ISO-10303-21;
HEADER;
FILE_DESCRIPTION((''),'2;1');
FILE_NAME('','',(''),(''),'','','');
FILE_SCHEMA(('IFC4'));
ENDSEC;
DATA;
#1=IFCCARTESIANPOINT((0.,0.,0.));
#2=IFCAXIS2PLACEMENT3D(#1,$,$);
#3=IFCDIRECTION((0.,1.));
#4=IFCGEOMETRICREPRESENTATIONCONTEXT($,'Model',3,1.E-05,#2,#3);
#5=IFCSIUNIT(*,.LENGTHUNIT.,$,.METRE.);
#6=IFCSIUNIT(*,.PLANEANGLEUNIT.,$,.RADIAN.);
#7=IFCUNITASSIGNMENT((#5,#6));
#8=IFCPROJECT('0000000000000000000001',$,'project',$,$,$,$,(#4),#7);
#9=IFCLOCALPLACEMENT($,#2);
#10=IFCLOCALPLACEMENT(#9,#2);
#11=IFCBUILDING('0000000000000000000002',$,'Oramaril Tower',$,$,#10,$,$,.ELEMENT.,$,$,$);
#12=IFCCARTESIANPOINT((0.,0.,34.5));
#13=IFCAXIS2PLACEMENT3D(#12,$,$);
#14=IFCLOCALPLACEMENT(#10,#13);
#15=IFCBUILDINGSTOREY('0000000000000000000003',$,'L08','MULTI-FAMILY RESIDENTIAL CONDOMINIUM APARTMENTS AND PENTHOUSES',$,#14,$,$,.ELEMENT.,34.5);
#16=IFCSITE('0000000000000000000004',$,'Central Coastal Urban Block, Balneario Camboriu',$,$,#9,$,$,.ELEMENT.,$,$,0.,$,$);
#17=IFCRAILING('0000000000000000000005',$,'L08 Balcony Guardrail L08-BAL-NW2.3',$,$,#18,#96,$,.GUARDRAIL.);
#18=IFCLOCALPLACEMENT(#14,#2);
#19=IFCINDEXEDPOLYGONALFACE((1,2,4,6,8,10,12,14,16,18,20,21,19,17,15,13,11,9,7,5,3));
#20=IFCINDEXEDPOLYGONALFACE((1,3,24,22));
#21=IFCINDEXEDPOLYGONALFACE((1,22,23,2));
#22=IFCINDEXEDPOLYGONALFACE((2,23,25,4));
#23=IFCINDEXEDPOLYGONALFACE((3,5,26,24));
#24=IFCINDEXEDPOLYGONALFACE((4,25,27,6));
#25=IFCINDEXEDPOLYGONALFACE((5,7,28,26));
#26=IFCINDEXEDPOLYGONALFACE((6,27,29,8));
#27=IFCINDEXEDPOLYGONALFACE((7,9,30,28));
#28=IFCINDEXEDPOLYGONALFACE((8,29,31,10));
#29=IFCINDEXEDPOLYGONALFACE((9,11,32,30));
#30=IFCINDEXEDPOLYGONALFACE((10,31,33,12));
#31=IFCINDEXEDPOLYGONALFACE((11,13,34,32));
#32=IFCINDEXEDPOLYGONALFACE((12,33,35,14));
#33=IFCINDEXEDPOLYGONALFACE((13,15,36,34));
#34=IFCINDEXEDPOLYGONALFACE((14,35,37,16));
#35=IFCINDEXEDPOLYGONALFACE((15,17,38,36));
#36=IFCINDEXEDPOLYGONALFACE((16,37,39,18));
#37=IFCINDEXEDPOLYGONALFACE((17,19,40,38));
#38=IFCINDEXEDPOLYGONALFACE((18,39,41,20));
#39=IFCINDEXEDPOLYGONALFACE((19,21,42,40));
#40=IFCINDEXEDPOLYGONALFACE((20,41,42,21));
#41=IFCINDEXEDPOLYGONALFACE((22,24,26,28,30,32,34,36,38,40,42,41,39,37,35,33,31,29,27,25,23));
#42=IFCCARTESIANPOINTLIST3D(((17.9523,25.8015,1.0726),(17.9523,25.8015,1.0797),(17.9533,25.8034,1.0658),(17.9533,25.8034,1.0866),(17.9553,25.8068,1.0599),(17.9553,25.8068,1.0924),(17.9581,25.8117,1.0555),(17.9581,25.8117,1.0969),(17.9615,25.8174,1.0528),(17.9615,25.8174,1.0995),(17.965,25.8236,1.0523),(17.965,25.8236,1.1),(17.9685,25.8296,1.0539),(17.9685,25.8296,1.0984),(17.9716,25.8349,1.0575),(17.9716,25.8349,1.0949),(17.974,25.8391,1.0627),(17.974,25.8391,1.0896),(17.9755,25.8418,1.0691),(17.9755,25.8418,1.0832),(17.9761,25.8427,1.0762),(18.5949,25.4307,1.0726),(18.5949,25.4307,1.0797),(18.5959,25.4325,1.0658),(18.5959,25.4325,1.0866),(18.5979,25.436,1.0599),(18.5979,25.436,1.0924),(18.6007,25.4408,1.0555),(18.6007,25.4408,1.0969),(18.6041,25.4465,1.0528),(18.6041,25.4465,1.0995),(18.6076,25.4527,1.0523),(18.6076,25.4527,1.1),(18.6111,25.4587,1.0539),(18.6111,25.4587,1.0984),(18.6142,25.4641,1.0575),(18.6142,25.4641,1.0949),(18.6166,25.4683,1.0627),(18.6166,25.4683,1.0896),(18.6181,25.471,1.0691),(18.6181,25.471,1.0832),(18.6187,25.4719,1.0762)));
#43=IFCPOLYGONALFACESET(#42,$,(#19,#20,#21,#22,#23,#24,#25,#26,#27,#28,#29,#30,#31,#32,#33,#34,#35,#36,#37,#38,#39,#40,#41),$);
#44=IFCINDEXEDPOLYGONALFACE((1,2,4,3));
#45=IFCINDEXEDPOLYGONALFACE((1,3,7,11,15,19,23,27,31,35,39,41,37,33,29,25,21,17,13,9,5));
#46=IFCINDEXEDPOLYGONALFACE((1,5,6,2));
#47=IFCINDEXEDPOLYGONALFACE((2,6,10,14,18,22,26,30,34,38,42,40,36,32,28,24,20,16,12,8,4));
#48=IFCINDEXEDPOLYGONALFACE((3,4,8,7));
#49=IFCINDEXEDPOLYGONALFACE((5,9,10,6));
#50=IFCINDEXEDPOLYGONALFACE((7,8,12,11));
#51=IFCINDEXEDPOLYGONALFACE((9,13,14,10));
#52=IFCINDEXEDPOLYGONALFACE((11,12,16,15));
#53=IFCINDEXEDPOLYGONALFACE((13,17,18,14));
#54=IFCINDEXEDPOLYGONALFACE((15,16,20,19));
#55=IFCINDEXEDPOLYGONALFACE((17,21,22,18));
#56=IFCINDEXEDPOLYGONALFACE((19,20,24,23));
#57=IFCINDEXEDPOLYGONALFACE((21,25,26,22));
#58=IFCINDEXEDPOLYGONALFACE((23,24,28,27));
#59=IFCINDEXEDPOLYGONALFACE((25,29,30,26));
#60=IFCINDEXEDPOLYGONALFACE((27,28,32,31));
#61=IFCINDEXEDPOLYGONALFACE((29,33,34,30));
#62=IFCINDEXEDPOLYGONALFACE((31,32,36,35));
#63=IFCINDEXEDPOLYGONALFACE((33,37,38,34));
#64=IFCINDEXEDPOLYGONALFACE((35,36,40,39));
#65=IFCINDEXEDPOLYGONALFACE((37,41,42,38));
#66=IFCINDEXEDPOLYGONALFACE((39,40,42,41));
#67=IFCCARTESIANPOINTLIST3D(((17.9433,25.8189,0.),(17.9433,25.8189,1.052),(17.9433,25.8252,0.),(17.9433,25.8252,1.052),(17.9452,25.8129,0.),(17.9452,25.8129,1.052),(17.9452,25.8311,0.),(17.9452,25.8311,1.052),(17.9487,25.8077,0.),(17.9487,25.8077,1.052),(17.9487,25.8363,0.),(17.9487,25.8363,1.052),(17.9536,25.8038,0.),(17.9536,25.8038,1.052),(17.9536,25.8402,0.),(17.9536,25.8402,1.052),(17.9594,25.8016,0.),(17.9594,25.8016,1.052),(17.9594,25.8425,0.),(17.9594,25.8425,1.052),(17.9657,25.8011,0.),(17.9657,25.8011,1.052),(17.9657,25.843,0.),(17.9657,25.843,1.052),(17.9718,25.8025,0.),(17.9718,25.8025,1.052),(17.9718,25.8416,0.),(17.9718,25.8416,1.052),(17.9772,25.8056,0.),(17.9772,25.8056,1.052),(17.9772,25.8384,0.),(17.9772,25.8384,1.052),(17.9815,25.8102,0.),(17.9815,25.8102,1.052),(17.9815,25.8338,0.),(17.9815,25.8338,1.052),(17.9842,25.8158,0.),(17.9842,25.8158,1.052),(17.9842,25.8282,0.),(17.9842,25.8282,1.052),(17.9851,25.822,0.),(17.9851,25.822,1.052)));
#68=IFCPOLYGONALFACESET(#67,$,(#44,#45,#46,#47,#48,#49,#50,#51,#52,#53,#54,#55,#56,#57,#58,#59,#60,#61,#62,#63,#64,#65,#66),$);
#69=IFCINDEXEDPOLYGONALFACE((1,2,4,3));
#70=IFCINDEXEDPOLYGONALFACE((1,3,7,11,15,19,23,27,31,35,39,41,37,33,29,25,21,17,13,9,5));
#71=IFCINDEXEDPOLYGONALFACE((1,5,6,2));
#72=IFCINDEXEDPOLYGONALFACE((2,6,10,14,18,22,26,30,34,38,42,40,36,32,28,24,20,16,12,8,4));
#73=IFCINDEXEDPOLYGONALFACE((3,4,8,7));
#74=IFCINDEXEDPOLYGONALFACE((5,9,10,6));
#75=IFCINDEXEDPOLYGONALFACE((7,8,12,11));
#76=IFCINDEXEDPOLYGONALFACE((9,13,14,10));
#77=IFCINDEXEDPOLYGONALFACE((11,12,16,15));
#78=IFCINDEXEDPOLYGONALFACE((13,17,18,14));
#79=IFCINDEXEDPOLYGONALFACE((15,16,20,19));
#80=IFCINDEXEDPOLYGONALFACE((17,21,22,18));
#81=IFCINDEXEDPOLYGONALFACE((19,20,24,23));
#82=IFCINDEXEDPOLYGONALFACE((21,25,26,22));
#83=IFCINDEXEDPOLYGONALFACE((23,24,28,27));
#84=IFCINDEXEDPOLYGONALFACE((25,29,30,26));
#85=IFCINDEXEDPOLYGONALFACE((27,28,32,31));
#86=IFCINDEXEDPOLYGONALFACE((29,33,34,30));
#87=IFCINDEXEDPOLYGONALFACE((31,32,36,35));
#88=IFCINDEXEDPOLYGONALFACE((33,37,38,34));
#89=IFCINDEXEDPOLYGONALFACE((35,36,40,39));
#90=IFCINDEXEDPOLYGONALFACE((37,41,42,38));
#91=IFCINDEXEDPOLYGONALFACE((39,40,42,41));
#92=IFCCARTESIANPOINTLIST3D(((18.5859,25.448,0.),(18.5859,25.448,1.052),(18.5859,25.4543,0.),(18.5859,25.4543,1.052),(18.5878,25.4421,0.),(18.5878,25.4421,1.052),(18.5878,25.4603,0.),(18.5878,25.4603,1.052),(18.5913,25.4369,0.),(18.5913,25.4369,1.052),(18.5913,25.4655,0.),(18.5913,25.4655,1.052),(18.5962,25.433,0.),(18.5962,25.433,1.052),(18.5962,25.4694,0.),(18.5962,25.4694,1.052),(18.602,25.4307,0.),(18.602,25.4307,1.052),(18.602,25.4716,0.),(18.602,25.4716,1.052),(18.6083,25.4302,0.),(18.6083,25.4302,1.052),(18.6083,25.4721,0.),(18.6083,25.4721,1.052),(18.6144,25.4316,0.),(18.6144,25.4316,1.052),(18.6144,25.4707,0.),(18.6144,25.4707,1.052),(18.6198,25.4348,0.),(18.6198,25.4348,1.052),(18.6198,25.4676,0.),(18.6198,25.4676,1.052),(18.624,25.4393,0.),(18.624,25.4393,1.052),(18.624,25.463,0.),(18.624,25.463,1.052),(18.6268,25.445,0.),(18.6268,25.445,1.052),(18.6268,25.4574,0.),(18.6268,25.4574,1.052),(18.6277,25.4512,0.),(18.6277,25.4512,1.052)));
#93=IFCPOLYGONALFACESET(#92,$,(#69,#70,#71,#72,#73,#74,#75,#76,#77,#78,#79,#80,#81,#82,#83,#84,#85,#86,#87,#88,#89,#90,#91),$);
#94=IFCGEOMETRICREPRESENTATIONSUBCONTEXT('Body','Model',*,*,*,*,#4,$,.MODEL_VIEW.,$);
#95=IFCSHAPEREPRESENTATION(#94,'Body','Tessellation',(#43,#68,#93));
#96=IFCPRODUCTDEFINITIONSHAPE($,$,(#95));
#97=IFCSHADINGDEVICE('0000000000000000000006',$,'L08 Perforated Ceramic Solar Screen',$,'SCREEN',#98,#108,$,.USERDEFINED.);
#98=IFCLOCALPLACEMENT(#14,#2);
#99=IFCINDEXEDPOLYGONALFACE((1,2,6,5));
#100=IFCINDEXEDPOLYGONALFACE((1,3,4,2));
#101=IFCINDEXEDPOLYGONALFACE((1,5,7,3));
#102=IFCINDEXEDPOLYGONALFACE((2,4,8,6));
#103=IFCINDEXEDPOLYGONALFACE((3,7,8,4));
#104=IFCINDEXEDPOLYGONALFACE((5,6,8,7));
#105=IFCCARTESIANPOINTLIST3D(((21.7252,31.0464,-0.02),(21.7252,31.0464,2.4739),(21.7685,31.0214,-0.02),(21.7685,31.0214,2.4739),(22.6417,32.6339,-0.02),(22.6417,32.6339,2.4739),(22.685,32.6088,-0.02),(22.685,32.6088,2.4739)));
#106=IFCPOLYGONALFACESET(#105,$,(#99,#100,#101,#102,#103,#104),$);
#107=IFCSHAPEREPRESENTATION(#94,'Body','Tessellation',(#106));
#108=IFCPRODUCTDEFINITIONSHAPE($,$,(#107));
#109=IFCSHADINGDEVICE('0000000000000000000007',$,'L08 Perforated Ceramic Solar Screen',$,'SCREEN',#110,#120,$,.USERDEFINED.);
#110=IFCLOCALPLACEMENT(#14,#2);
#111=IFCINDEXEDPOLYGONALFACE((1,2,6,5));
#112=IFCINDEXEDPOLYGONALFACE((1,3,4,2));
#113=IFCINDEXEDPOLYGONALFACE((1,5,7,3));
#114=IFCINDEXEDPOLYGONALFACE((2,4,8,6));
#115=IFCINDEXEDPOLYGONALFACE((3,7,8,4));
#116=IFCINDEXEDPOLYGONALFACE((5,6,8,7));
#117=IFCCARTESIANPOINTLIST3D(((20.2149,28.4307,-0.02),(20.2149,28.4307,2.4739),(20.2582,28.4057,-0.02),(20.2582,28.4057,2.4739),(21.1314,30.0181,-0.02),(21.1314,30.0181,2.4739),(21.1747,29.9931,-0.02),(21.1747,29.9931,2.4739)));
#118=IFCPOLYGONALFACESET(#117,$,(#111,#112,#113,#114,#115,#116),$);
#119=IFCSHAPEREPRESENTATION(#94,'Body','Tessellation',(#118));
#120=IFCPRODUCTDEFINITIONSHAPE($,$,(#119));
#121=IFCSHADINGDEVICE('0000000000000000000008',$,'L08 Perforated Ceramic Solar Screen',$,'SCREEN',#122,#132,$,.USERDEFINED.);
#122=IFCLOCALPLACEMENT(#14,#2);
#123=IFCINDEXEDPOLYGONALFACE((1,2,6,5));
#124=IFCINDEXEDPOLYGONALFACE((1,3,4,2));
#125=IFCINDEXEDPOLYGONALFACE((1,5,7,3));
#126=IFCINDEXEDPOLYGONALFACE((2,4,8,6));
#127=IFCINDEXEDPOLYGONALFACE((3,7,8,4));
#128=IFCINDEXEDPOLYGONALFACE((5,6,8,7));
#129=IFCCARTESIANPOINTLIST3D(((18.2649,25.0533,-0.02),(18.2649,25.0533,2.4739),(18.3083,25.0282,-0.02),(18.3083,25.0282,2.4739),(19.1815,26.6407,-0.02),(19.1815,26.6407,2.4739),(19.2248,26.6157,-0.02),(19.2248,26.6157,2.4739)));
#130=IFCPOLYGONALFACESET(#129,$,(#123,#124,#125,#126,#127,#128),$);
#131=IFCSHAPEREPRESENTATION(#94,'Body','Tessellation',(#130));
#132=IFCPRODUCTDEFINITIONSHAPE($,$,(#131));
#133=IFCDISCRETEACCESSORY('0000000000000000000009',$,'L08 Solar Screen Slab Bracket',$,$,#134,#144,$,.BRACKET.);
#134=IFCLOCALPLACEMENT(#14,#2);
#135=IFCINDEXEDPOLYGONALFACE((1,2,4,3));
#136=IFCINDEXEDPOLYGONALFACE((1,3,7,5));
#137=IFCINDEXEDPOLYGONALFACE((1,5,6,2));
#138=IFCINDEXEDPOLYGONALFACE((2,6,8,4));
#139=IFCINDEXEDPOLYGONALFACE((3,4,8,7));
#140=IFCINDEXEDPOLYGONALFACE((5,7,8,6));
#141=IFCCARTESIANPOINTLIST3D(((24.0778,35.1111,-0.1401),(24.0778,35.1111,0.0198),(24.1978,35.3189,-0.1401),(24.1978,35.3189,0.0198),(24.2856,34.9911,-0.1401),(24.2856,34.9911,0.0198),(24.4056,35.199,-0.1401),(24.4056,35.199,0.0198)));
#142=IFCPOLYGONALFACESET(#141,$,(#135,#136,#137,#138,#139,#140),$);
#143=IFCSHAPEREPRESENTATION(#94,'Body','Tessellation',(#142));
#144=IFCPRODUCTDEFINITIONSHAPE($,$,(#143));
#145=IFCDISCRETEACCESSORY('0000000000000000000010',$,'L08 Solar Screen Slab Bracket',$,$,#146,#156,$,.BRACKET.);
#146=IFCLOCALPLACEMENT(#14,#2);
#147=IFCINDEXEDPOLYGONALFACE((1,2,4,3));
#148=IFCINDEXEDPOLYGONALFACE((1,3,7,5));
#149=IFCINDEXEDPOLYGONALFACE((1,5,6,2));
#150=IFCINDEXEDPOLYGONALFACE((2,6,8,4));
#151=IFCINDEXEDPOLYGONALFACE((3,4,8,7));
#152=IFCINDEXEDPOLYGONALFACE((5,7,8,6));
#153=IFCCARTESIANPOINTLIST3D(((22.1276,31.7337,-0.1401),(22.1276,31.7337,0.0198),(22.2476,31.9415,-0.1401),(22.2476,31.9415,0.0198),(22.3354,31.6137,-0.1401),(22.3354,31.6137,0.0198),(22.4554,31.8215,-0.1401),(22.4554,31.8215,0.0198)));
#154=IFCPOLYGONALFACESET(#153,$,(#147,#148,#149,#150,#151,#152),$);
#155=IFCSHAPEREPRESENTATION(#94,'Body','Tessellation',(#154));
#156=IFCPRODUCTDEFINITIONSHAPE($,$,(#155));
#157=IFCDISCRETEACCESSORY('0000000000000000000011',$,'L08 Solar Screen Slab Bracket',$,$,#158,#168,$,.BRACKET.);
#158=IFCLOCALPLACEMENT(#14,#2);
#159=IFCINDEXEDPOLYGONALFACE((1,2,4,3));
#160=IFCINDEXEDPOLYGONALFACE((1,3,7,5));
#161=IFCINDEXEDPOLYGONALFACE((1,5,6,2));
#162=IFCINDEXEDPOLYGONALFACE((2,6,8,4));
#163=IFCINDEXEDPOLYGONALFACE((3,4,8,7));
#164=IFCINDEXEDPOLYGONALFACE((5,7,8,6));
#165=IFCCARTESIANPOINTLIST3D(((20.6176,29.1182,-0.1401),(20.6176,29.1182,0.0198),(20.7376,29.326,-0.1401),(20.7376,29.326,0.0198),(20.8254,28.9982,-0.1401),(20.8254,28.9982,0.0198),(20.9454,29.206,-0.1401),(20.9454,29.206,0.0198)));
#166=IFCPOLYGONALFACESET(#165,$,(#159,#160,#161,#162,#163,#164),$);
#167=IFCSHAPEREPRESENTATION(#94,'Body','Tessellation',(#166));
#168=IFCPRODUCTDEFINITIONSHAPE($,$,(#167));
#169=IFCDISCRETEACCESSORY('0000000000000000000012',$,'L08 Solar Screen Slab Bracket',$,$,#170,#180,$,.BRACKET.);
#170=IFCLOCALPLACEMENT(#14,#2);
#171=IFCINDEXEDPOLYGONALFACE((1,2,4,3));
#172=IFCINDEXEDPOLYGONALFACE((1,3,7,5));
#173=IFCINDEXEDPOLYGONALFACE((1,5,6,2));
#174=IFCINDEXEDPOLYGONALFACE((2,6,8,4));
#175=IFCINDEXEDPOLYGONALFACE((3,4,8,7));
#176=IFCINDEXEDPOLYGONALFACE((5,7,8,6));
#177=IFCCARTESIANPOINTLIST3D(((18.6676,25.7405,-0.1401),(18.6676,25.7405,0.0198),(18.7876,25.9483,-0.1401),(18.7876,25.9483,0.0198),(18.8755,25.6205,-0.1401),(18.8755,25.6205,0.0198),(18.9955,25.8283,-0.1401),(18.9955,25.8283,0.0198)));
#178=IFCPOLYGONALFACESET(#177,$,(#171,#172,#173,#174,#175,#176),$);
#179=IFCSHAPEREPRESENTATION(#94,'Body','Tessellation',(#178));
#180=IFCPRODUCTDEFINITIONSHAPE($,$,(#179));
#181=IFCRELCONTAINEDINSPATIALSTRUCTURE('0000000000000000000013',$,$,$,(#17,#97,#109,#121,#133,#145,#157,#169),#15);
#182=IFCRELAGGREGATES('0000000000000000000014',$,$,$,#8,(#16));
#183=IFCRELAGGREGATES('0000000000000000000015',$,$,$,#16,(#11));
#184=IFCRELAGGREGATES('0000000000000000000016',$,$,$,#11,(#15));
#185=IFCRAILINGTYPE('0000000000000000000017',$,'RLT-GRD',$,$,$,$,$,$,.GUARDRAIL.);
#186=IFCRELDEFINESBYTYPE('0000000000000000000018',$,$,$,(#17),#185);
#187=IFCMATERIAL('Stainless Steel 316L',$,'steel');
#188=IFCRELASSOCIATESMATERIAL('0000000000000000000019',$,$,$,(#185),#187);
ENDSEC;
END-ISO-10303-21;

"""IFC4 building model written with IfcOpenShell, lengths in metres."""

from ifc_helpers import new_model, si_unit, direction, frame, origin, origin_2d, place, context, subcontext, project, spatial, rectangle, circle, extrude, material, type_object, element, save


model = new_model("IFC4")

# Units and contexts
model_context = context("Model", 3, precision=1e-05, world=origin(), true_north=direction((0.0, 1.0)))
body_context = subcontext(model_context, "Body", "Model", "MODEL_VIEW")
ifc_project = project(units=[si_unit("LENGTHUNIT", "METRE"), si_unit("PLANEANGLEUNIT", "RADIAN")], contexts=[model_context])

# Site, building, storey
site_placement = place(None, origin())
site = spatial("IfcSite", under=ifc_project, at=site_placement, Name="Central Coastal Urban Block, Balneario Camboriu", CompositionType="ELEMENT", RefElevation=0.0)
building_placement = place(site_placement, origin())
building = spatial("IfcBuilding", under=site, at=building_placement, Name="Oramaril Tower", CompositionType="ELEMENT")
storey_placement = place(building_placement, frame((0.0, 0.0, 34.5)))
storey = spatial("IfcBuildingStorey", under=building, at=storey_placement, Name="L08", Description="MULTI-FAMILY RESIDENTIAL CONDOMINIUM APARTMENTS AND PENTHOUSES", CompositionType="ELEMENT", Elevation=34.5)

# Railing
ifc_material_1 = material(Name="Stainless Steel 316L", Category="steel")
railing_type = type_object("IfcRailingType", Name="RLT-GRD", PredefinedType="GUARDRAIL", material=ifc_material_1)
railing_placement = place(storey_placement, frame((17.9641, 25.822, 0.0)))
element("IfcRailing", 1, at=railing_placement, inside=storey, type_object=railing_type, Name="L08 Balcony Guardrail L08-BAL-NW2.3", PredefinedType="GUARDRAIL", context=body_context, shape_type="SweptSolid", body=[
    extrude(circle(Radius=0.0239, at=origin_2d()), frame((0.0, 0.0, 1.0762), z_axis=(0.866109, -0.499855, 0.0), x_axis=(0.499855, 0.866109, 0.0)), (0.0, 0.0, 1.0), 0.7419),
    extrude(circle(Radius=0.021, at=origin_2d()), origin(), (0.0, 0.0, 1.0), 1.052),
    extrude(circle(Radius=0.021, at=origin_2d()), frame((0.6426, -0.3708, 0.0)), (0.0, 0.0, 1.0), 1.052),
])

# Shading devices
for number, where, z_axis, x_axis, name in (
    (2, (22.2051, 31.8276, -0.02), (0.0, 0.0, 1.0), (-0.5, -0.866025, 0.0), "L08 Perforated Ceramic Solar Screen"),
    (3, (20.6948, 29.2119, -0.02), (0.0, 0.0, 1.0), (-0.5, -0.866025, 0.0), "L08 Perforated Ceramic Solar Screen"),
    (4, (18.7449, 25.8345, -0.02), (0.0, 0.0, 1.0), (-0.5, -0.866025, 0.0), "L08 Perforated Ceramic Solar Screen"),
):
    element("IfcShadingDevice", number, at=place(storey_placement, frame(where, z_axis=z_axis, x_axis=x_axis)), inside=storey, Name=name, ObjectType="SCREEN", PredefinedType="USERDEFINED", context=body_context, shape_type="SweptSolid", body=[
        extrude(rectangle(XDim=1.833, YDim=0.05, at=origin_2d()), origin(), (0.0, 0.0, 1.0), 2.4939),
    ])

# Discrete accessories
for number, where, z_axis, x_axis, name in (
    (5, (24.2417, 35.155, -0.1401), (0.0, 0.0, 1.0), (-0.5, -0.866025, 0.0), "L08 Solar Screen Slab Bracket"),
    (6, (22.2915, 31.7776, -0.1401), (0.0, 0.0, 1.0), (-0.5, -0.866025, 0.0), "L08 Solar Screen Slab Bracket"),
    (7, (20.7815, 29.1621, -0.1401), (0.0, 0.0, 1.0), (-0.5, -0.866025, 0.0), "L08 Solar Screen Slab Bracket"),
    (8, (18.8315, 25.7844, -0.1401), (0.0, 0.0, 1.0), (-0.5, -0.866025, 0.0), "L08 Solar Screen Slab Bracket"),
):
    element("IfcDiscreteAccessory", number, at=place(storey_placement, frame(where, z_axis=z_axis, x_axis=x_axis)), inside=storey, Name=name, PredefinedType="BRACKET", context=body_context, shape_type="SweptSolid", body=[
        extrude(rectangle(XDim=0.24, YDim=0.24, at=origin_2d()), origin(), (0.0, 0.0, 1.0), 0.1599),
    ])

save(model, "model.ifc")
